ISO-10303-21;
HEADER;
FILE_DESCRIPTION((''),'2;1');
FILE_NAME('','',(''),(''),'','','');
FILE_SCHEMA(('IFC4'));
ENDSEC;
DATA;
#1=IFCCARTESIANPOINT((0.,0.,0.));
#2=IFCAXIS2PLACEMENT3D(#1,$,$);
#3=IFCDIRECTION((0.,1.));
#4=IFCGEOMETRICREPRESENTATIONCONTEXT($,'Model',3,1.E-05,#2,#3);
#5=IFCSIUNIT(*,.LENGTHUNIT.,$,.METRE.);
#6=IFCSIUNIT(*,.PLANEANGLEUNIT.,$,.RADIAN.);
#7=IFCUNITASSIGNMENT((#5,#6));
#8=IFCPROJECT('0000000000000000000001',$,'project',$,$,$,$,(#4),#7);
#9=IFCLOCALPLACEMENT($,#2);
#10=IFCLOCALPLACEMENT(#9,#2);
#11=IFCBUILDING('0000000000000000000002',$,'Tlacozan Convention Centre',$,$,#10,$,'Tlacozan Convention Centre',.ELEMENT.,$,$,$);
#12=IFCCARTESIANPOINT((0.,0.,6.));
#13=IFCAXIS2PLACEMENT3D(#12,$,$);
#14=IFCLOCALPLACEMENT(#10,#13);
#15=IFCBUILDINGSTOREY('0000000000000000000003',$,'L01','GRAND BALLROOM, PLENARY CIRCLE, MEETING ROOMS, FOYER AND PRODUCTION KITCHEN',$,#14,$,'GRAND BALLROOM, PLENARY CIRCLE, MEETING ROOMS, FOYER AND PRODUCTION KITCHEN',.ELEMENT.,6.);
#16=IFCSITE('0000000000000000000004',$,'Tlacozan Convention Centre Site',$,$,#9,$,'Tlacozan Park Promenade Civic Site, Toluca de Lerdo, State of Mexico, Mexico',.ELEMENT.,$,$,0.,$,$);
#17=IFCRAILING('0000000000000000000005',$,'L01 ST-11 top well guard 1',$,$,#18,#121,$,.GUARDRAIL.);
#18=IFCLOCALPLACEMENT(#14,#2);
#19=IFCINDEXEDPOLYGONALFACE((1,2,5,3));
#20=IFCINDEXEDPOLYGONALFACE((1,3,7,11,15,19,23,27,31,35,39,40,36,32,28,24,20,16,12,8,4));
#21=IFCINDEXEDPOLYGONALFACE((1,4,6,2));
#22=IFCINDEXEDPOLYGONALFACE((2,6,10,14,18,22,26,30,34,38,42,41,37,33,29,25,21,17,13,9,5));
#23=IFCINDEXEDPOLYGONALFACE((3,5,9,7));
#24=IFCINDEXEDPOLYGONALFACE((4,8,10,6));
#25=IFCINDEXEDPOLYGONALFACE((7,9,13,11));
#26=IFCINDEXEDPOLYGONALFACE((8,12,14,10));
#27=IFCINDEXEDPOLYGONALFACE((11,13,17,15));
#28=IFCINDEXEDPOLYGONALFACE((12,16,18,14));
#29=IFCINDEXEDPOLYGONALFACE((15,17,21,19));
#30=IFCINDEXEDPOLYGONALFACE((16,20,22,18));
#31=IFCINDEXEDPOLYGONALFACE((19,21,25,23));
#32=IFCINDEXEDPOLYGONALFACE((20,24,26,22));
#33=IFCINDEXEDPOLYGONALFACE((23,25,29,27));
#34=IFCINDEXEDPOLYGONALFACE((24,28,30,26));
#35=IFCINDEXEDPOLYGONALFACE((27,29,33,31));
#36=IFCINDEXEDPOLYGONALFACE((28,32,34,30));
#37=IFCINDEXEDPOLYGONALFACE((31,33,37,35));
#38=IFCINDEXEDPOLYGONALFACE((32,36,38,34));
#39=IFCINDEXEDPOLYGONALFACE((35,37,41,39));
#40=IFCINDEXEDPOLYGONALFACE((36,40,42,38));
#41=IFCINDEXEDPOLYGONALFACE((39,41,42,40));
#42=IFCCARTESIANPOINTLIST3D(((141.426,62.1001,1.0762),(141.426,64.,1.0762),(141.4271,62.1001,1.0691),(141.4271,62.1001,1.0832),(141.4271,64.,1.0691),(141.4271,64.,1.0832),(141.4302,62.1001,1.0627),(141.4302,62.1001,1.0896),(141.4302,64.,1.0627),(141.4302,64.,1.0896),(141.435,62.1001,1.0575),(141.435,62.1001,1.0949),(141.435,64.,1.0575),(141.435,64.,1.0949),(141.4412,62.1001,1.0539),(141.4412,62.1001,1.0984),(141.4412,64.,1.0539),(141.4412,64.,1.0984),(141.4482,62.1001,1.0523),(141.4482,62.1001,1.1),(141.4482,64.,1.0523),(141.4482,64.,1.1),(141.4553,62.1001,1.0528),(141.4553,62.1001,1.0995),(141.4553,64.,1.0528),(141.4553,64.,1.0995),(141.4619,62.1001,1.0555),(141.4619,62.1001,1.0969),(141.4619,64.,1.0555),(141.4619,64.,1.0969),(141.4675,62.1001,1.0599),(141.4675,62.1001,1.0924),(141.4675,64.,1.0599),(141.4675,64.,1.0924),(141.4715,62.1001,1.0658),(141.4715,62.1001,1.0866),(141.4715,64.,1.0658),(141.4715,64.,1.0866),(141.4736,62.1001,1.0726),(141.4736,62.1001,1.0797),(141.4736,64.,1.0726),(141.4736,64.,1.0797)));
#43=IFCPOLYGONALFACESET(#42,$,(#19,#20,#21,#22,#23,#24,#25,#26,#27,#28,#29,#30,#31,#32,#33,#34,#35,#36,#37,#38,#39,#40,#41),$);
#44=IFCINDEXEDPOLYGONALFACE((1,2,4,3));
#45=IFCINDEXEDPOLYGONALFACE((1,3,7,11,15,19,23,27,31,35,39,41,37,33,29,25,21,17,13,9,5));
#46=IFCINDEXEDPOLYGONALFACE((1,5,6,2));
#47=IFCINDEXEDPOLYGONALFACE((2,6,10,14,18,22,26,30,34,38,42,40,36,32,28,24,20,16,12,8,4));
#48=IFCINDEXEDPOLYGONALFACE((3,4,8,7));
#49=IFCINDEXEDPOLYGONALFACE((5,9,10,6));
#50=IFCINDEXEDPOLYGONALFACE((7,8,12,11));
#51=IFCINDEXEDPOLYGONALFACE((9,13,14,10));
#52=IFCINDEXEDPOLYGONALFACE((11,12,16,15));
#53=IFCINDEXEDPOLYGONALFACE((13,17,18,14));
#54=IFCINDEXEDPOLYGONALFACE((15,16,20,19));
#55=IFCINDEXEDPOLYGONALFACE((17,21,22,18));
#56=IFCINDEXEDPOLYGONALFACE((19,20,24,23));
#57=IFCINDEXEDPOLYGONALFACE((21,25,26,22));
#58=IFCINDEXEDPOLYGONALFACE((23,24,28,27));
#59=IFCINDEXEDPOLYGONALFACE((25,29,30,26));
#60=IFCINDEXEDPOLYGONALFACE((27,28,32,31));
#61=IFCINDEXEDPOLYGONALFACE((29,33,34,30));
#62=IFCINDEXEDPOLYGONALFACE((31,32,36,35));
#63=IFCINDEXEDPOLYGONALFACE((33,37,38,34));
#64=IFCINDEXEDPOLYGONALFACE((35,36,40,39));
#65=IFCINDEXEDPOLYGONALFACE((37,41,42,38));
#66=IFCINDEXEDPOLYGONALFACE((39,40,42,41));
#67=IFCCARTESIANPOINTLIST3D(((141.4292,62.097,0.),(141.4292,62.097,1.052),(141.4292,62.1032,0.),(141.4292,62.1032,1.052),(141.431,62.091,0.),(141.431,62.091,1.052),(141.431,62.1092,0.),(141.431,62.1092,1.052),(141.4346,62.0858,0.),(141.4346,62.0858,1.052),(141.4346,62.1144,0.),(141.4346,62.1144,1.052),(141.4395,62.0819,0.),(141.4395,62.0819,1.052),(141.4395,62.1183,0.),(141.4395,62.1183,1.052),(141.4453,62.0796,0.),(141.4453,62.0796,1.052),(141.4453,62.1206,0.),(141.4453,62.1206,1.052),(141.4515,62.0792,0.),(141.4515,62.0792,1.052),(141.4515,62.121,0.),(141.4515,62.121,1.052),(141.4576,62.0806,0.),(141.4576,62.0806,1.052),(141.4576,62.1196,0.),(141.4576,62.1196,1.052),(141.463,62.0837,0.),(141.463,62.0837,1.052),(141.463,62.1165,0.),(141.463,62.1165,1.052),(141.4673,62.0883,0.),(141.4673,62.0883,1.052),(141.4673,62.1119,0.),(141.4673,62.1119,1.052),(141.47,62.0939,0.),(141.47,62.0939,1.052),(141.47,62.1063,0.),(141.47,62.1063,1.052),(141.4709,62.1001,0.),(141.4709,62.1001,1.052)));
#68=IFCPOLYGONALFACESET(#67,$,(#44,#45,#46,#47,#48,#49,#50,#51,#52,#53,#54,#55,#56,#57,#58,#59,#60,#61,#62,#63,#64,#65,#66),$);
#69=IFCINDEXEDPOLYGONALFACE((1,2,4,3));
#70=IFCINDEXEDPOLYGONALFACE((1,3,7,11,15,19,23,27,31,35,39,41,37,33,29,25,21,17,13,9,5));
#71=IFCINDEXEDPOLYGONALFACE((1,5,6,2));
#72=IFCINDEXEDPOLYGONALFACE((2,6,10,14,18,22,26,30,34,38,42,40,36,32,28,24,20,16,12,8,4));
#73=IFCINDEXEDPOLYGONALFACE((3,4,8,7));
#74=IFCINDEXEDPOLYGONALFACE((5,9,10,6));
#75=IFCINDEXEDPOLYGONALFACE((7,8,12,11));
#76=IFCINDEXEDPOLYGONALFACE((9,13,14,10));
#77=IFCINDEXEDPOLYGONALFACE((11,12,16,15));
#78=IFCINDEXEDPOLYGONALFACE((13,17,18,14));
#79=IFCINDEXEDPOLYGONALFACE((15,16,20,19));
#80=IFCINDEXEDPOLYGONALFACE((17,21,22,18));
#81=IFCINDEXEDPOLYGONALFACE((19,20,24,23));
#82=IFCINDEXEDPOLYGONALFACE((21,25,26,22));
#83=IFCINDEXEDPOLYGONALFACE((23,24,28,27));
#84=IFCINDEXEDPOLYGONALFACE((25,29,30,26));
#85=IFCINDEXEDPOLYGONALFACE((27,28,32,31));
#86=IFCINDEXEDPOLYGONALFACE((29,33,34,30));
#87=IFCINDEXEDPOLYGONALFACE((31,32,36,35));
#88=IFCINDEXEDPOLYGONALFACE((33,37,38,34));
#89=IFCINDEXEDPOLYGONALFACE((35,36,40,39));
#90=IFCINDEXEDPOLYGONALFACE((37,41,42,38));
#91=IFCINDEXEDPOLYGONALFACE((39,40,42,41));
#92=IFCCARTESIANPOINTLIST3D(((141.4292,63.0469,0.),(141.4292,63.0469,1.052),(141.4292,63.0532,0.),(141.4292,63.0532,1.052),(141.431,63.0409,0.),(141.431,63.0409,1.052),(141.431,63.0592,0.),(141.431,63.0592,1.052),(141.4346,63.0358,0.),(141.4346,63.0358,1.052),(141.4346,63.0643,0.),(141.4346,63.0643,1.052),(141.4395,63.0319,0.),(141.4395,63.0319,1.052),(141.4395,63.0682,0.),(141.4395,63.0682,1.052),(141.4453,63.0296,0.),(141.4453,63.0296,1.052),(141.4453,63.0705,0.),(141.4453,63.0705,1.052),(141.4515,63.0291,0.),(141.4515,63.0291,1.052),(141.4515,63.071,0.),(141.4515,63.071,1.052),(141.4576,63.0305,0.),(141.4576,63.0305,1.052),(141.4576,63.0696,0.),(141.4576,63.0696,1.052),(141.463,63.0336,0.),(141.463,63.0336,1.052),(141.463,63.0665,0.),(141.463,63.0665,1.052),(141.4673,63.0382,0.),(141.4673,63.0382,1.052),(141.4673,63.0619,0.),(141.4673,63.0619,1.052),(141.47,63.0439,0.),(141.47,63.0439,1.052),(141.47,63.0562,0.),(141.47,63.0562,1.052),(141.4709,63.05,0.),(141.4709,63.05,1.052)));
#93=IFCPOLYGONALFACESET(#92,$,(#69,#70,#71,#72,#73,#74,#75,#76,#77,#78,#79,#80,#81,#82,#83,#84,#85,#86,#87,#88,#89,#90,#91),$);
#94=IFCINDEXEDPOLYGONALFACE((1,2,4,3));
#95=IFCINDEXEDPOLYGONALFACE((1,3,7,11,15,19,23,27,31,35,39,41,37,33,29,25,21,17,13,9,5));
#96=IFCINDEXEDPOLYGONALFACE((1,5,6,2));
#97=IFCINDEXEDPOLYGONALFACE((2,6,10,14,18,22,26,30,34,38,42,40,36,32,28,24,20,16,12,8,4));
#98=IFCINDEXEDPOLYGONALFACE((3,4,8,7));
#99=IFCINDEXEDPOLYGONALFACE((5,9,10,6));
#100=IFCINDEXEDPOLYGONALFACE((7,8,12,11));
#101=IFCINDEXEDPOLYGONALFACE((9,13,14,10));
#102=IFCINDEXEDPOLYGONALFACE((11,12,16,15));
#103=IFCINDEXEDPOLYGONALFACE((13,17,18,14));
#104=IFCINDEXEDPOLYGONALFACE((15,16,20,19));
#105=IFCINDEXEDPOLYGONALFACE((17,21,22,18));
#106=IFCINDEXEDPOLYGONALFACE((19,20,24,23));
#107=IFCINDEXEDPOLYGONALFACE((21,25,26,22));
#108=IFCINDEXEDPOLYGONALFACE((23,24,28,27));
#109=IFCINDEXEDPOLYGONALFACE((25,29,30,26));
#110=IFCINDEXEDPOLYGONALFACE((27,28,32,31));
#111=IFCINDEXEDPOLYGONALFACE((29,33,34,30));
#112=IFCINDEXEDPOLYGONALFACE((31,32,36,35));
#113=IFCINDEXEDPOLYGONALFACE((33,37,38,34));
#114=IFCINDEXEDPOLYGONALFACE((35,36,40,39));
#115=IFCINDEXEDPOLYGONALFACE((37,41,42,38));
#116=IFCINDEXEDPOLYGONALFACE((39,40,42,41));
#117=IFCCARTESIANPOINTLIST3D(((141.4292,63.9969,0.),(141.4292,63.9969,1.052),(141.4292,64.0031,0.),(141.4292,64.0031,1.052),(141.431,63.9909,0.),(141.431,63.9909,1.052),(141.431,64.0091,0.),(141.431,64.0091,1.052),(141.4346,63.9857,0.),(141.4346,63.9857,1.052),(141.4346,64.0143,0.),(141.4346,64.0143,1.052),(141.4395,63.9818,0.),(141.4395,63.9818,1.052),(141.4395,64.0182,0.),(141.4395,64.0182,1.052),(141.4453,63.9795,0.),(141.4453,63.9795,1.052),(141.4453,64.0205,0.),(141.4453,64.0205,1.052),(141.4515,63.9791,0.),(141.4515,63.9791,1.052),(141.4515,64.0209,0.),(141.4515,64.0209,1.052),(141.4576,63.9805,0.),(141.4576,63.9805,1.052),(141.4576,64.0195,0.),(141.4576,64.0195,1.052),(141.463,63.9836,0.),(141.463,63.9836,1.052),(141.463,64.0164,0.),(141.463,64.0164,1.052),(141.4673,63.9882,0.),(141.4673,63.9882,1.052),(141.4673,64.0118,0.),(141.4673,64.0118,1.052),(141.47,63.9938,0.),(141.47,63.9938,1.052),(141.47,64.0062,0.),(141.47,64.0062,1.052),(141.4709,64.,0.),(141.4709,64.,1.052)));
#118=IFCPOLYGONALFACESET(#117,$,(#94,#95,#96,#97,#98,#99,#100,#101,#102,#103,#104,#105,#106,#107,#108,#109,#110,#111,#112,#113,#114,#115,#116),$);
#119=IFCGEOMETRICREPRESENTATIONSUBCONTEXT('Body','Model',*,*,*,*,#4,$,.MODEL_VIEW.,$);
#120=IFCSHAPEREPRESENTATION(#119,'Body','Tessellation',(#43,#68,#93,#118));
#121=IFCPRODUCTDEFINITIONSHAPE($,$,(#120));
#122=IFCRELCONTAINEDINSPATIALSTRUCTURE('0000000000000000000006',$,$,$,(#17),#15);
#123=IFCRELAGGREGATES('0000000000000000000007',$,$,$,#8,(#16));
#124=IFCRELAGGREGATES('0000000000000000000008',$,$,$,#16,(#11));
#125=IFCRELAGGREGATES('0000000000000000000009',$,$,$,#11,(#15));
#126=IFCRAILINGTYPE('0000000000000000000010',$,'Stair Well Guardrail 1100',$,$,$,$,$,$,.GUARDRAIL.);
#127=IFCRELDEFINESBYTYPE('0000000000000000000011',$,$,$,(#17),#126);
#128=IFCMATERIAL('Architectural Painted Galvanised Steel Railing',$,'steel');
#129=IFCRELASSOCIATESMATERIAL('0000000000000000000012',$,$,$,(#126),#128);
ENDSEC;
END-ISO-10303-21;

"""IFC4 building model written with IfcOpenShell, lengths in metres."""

from ifc_helpers import new_model, si_unit, direction, frame, origin, origin_2d, place, context, subcontext, project, spatial, circle, extrude, material, type_object, element, save


model = new_model("IFC4")

# Units and contexts
model_context = context("Model", 3, precision=1e-05, world=origin(), true_north=direction((0.0, 1.0)))
body_context = subcontext(model_context, "Body", "Model", "MODEL_VIEW")
ifc_project = project(units=[si_unit("LENGTHUNIT", "METRE"), si_unit("PLANEANGLEUNIT", "RADIAN")], contexts=[model_context])

# Site, building, storey
site_placement = place(None, origin())
site = spatial("IfcSite", under=ifc_project, at=site_placement, Name="Tlacozan Convention Centre Site", LongName="Tlacozan Park Promenade Civic Site, Toluca de Lerdo, State of Mexico, Mexico", CompositionType="ELEMENT", RefElevation=0.0)
building_placement = place(site_placement, origin())
building = spatial("IfcBuilding", under=site, at=building_placement, Name="Tlacozan Convention Centre", LongName="Tlacozan Convention Centre", CompositionType="ELEMENT")
storey_placement = place(building_placement, frame((0.0, 0.0, 6.0)))
storey = spatial("IfcBuildingStorey", under=building, at=storey_placement, Name="L01", Description="GRAND BALLROOM, PLENARY CIRCLE, MEETING ROOMS, FOYER AND PRODUCTION KITCHEN", LongName="GRAND BALLROOM, PLENARY CIRCLE, MEETING ROOMS, FOYER AND PRODUCTION KITCHEN", CompositionType="ELEMENT", Elevation=6.0)

# Railing
ifc_material_1 = material(Name="Architectural Painted Galvanised Steel Railing", Category="steel")
railing_type_1 = type_object("IfcRailingType", Name="Stair Well Guardrail 1100", PredefinedType="GUARDRAIL", material=ifc_material_1)
railing_1_placement = place(storey_placement, frame((141.45, 62.1001, 0.0)))
element("IfcRailing", 1, at=railing_1_placement, inside=storey, type_object=railing_type_1, Name="L01 ST-11 top well guard 1", PredefinedType="GUARDRAIL", context=body_context, shape_type="SweptSolid", body=[
    extrude(circle(Radius=0.0239, at=origin_2d()), frame((0.0, 0.0, 1.0762), z_axis=(0.0, 1.0, 0.0), x_axis=(-1.0, 0.0, 0.0)), (0.0, 0.0, 1.0), 1.8999),
    extrude(circle(Radius=0.021, at=origin_2d()), origin(), (0.0, 0.0, 1.0), 1.052),
    extrude(circle(Radius=0.021, at=origin_2d()), frame((0.0, 0.95, 0.0)), (0.0, 0.0, 1.0), 1.052),
    extrude(circle(Radius=0.021, at=origin_2d()), frame((0.0, 1.8999, 0.0)), (0.0, 0.0, 1.0), 1.052),
])

save(model, "model.ifc")
